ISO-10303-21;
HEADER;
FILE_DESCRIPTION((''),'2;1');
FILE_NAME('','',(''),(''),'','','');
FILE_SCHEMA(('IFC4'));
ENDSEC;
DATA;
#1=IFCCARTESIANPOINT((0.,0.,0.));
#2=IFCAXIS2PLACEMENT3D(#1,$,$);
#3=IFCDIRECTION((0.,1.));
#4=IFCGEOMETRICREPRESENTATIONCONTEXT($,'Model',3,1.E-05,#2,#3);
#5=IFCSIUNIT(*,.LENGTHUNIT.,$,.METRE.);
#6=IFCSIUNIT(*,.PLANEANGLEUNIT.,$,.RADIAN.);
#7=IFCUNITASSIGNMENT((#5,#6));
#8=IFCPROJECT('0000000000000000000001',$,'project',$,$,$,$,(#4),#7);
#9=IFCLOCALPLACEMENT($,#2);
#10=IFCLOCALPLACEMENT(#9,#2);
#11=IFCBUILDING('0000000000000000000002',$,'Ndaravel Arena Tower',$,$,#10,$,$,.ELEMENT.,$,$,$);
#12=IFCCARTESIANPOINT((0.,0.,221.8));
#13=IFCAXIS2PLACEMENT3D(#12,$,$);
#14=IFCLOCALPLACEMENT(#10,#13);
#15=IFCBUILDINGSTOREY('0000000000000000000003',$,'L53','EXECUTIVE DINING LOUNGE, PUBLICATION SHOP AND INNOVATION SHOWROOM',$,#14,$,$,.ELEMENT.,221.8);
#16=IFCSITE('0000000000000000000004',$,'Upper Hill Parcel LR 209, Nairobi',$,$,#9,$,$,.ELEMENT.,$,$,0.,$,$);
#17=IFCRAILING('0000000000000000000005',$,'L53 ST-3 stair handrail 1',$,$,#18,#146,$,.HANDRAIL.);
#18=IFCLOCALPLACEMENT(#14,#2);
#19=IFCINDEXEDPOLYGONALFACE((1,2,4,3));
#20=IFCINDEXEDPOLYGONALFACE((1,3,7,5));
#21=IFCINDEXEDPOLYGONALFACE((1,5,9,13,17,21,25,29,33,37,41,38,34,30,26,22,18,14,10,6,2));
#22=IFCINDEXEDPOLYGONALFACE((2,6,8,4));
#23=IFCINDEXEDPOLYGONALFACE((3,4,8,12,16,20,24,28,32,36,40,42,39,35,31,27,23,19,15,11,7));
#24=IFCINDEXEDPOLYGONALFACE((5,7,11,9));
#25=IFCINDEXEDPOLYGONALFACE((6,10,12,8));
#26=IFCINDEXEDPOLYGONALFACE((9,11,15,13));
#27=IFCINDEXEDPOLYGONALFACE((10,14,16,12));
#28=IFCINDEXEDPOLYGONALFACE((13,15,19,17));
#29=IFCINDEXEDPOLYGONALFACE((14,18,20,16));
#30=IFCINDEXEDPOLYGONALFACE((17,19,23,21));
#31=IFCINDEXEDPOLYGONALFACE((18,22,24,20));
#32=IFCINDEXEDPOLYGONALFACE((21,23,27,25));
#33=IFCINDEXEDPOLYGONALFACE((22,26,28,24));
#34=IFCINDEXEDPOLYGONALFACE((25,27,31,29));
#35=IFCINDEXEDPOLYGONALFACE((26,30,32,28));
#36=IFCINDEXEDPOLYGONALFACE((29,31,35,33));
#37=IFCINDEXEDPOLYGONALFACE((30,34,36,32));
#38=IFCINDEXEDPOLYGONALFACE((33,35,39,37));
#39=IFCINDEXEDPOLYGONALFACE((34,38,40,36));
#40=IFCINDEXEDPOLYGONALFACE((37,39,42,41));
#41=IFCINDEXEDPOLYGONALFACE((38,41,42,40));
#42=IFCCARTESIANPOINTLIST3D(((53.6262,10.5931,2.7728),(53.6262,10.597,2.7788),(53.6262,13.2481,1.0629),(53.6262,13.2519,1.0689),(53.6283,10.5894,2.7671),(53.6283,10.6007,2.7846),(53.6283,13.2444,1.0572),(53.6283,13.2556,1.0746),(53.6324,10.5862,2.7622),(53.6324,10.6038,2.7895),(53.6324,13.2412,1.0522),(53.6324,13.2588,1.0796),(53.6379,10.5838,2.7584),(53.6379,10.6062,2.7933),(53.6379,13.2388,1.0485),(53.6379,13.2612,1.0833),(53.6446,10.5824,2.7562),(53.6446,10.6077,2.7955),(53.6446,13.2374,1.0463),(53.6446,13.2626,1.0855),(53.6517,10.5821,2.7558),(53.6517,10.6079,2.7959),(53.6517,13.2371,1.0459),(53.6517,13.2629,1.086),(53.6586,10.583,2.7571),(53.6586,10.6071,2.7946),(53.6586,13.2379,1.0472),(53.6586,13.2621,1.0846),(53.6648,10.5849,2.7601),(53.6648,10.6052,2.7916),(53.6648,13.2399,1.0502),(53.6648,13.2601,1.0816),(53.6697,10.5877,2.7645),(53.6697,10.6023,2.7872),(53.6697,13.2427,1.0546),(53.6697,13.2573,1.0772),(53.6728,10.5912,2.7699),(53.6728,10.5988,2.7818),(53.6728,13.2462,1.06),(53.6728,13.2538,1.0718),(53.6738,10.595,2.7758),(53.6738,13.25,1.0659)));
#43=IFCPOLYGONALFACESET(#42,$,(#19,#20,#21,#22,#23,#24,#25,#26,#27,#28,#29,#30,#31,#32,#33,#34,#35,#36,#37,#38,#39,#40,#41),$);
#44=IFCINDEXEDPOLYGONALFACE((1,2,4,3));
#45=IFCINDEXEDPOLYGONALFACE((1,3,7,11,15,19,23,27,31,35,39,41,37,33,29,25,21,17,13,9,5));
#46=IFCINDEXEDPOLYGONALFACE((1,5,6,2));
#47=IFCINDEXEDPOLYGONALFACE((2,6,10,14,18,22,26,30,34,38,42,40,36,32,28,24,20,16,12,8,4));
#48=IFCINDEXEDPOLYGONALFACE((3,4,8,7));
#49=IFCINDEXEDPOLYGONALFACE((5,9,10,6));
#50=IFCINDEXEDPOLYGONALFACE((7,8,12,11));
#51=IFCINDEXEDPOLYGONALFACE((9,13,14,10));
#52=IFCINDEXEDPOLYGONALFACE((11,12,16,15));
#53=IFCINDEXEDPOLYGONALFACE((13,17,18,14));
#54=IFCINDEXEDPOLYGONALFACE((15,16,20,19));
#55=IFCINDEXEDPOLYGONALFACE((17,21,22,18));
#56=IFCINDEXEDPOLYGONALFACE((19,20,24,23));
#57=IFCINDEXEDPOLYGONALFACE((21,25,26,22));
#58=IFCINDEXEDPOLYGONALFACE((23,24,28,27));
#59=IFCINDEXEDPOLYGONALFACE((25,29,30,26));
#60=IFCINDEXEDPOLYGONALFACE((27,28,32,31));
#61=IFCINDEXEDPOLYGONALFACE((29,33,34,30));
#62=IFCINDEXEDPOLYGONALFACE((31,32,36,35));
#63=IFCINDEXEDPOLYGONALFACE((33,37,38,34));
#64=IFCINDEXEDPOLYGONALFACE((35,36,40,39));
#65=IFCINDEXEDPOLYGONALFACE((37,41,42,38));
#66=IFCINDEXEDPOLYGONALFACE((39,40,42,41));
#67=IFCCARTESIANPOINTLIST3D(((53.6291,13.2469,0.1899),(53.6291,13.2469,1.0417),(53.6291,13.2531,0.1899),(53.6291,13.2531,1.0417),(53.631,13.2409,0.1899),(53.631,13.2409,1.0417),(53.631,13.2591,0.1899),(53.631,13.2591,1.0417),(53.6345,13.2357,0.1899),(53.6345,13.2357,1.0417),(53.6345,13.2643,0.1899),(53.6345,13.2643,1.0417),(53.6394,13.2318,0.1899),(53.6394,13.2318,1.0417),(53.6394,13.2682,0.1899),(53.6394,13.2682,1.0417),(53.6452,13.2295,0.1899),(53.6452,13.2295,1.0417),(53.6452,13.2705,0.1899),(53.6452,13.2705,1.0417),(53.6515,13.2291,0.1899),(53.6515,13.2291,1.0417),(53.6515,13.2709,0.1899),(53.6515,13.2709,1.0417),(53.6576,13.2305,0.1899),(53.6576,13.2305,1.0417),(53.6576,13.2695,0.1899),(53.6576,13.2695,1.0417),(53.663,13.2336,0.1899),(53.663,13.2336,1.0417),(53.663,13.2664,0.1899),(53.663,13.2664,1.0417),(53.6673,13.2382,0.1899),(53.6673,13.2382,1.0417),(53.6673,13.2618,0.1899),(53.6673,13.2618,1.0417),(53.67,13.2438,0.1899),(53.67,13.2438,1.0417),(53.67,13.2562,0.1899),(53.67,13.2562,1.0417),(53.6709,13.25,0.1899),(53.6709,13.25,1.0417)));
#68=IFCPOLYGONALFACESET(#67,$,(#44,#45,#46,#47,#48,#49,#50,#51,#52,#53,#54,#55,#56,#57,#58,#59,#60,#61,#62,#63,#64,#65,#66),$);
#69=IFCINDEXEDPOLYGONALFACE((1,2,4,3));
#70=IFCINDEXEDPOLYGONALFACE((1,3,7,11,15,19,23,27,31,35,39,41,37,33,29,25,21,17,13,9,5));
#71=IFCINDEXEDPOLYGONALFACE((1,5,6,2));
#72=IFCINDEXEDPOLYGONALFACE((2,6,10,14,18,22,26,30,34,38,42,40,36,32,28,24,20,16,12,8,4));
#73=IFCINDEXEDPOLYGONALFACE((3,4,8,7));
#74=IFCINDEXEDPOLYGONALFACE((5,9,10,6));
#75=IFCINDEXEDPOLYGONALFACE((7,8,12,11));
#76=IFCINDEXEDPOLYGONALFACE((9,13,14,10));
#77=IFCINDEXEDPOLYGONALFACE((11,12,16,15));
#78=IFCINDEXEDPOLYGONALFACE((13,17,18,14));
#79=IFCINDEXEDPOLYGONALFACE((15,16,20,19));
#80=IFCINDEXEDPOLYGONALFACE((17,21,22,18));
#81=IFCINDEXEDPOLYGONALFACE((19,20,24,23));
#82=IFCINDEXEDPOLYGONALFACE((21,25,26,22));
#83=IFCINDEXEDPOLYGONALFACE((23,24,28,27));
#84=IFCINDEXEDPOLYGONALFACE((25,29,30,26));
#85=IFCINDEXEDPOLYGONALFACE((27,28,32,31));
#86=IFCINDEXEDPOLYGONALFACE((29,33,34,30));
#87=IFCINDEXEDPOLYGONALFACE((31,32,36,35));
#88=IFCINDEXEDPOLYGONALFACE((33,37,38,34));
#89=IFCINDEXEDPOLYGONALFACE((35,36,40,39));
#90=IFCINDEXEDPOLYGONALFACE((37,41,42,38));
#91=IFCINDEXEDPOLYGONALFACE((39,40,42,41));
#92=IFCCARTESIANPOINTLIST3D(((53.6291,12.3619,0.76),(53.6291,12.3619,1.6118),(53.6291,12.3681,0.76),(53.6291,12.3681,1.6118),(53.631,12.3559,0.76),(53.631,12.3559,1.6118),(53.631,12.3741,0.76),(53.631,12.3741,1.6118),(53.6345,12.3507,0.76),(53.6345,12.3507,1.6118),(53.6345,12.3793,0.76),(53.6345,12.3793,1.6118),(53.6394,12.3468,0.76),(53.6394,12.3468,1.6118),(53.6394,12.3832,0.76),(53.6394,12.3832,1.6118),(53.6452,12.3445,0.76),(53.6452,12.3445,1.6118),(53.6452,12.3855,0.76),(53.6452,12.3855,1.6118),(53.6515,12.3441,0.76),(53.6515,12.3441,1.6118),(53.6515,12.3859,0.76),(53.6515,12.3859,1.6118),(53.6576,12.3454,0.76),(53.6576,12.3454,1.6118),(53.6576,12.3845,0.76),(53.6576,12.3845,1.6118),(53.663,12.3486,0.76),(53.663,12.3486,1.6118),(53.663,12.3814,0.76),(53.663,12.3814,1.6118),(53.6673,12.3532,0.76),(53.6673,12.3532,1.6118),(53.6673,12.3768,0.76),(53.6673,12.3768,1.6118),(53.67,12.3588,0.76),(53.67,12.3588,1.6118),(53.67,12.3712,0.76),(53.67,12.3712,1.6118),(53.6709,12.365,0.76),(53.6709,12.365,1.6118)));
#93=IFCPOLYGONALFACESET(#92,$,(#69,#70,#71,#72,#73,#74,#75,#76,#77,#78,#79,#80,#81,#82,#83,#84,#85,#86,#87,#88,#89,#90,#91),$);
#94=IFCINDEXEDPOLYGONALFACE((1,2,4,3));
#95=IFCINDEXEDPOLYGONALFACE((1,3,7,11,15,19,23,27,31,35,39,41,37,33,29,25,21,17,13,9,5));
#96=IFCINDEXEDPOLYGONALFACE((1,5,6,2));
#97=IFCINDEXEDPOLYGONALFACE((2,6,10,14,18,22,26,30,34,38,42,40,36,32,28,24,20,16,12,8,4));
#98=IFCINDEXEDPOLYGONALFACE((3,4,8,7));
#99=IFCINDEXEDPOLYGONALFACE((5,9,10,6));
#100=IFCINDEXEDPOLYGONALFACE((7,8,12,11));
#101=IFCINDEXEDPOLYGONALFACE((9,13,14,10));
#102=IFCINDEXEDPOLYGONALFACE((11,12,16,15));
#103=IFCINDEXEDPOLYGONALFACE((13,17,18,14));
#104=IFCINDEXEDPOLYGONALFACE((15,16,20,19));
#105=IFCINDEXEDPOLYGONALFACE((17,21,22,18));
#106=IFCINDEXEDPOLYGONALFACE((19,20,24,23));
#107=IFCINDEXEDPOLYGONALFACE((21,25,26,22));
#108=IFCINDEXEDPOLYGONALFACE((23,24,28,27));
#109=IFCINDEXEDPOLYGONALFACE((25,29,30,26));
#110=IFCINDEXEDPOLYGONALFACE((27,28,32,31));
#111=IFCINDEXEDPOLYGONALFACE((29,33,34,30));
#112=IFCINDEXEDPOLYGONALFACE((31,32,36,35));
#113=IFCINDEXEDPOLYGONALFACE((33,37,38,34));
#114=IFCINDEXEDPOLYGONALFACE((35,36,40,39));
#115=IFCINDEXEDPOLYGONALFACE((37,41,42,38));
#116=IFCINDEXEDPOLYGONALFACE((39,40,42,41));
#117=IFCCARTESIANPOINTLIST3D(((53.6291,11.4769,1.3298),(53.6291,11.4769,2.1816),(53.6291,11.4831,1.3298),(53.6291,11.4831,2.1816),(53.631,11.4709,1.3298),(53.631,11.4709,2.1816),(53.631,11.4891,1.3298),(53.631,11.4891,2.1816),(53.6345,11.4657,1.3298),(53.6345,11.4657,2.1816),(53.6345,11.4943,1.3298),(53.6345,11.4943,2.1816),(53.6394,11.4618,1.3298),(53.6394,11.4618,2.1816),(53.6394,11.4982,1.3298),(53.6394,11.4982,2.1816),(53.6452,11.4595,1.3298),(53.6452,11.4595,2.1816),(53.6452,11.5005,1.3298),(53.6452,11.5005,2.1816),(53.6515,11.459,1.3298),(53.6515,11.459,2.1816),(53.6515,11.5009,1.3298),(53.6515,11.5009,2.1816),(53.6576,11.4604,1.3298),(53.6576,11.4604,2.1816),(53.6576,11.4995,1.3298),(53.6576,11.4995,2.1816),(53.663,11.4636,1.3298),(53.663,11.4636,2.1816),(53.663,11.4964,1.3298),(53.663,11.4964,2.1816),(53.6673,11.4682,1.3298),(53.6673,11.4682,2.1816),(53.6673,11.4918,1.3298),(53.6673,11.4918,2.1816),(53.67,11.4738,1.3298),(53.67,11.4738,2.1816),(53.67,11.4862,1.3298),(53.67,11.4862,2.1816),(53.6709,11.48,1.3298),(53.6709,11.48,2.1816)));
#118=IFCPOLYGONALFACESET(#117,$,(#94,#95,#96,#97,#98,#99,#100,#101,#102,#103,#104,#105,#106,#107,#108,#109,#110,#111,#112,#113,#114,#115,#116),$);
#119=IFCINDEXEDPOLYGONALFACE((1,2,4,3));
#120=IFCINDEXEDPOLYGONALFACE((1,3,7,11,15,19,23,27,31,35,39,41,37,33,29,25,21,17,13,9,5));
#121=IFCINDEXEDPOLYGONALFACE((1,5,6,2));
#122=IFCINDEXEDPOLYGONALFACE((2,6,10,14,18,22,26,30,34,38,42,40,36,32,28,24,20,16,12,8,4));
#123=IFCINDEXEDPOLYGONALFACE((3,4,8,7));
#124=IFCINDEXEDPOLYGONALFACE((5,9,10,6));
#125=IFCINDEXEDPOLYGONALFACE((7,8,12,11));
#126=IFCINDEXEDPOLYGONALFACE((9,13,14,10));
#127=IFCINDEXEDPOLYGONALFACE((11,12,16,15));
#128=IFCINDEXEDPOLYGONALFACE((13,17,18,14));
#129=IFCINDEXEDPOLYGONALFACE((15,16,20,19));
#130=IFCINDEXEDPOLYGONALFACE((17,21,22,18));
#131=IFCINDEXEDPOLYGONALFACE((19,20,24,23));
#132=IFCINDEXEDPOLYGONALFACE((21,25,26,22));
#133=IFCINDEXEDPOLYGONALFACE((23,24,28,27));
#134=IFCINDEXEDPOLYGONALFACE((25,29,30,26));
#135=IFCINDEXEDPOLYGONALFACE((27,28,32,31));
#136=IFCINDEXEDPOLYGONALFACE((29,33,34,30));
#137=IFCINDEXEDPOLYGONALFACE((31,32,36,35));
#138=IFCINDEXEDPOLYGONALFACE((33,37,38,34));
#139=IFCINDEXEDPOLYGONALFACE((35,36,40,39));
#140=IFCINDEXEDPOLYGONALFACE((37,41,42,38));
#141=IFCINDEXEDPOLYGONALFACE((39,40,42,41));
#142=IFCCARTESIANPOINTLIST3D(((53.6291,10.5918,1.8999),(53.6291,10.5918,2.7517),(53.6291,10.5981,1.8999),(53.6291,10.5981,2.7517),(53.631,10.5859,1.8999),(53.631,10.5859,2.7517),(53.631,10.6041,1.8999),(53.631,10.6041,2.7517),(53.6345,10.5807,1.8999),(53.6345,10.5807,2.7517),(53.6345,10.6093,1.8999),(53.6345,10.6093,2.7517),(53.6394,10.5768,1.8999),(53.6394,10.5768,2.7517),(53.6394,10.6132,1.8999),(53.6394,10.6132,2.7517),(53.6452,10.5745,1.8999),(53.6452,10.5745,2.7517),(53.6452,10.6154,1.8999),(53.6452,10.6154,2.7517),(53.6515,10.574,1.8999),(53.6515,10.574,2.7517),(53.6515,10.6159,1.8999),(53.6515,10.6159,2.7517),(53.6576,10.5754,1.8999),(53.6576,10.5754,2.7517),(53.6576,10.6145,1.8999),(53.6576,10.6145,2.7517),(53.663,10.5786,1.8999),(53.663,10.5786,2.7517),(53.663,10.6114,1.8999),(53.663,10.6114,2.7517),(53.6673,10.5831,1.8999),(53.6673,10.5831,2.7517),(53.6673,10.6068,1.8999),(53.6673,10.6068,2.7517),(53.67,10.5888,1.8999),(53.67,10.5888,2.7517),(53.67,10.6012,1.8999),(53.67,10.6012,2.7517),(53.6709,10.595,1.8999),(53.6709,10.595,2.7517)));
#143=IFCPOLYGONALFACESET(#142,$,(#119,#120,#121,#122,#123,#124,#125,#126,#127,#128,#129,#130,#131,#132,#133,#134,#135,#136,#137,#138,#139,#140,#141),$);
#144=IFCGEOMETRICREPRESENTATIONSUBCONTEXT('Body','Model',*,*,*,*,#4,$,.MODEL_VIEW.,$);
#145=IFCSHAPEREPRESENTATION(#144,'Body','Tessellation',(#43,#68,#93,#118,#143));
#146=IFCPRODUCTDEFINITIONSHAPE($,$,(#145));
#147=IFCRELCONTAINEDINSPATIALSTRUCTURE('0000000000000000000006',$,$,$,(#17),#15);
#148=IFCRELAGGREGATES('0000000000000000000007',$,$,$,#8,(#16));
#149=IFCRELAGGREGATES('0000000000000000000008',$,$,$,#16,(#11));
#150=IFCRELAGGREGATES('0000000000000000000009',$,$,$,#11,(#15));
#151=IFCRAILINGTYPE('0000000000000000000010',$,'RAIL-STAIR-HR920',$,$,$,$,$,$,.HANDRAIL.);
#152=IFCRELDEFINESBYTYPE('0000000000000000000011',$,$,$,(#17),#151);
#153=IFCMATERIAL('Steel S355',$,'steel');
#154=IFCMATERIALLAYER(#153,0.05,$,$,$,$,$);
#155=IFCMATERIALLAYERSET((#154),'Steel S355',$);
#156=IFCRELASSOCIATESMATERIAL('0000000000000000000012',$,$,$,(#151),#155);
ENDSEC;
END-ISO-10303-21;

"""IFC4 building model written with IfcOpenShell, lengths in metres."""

from ifc_helpers import new_model, si_unit, direction, frame, origin, origin_2d, place, context, subcontext, project, spatial, circle, extrude, material, layer, layer_set, type_object, element, save


model = new_model("IFC4")

# Units and contexts
model_context = context("Model", 3, precision=1e-05, world=origin(), true_north=direction((0.0, 1.0)))
body_context = subcontext(model_context, "Body", "Model", "MODEL_VIEW")
ifc_project = project(units=[si_unit("LENGTHUNIT", "METRE"), si_unit("PLANEANGLEUNIT", "RADIAN")], contexts=[model_context])

# Site, building, storey
site_placement = place(None, origin())
site = spatial("IfcSite", under=ifc_project, at=site_placement, Name="Upper Hill Parcel LR 209, Nairobi", CompositionType="ELEMENT", RefElevation=0.0)
building_placement = place(site_placement, origin())
building = spatial("IfcBuilding", under=site, at=building_placement, Name="Ndaravel Arena Tower", CompositionType="ELEMENT")
storey_placement = place(building_placement, frame((0.0, 0.0, 221.8)))
storey = spatial("IfcBuildingStorey", under=building, at=storey_placement, Name="L53", Description="EXECUTIVE DINING LOUNGE, PUBLICATION SHOP AND INNOVATION SHOWROOM", CompositionType="ELEMENT", Elevation=221.8)

# Railing
ifc_material_1 = material(Name="Steel S355", Category="steel")
ifc_layer_1 = layer(ifc_material_1, 0.05)
ifc_layer_set_1 = layer_set([ifc_layer_1], Name="Steel S355")
railing_type_1 = type_object("IfcRailingType", Name="RAIL-STAIR-HR920", PredefinedType="HANDRAIL", material=ifc_layer_set_1)
railing_1_placement = place(storey_placement, frame((53.6499, 13.25, 0.1899)))
element("IfcRailing", 1, at=railing_1_placement, inside=storey, type_object=railing_type_1, Name="L53 ST-3 stair handrail 1", PredefinedType="HANDRAIL", context=body_context, shape_type="SweptSolid", body=[
    extrude(circle(Radius=0.0239, at=origin_2d()), frame((0.0, 0.0, 0.876), z_axis=(0.0, -0.840724, 0.541465), x_axis=(1.0, 0.0, 0.0)), (0.0, 0.0, 1.0), 3.158),
    extrude(circle(Radius=0.021, at=origin_2d()), origin(), (0.0, 0.0, 1.0), 0.8518),
    extrude(circle(Radius=0.021, at=origin_2d()), frame((0.0, -0.885, 0.5701)), (0.0, 0.0, 1.0), 0.8518),
    extrude(circle(Radius=0.021, at=origin_2d()), frame((0.0, -1.77, 1.1399)), (0.0, 0.0, 1.0), 0.8518),
    extrude(circle(Radius=0.021, at=origin_2d()), frame((0.0, -2.655, 1.71)), (0.0, 0.0, 1.0), 0.8518),
])

save(model, "model.ifc")
